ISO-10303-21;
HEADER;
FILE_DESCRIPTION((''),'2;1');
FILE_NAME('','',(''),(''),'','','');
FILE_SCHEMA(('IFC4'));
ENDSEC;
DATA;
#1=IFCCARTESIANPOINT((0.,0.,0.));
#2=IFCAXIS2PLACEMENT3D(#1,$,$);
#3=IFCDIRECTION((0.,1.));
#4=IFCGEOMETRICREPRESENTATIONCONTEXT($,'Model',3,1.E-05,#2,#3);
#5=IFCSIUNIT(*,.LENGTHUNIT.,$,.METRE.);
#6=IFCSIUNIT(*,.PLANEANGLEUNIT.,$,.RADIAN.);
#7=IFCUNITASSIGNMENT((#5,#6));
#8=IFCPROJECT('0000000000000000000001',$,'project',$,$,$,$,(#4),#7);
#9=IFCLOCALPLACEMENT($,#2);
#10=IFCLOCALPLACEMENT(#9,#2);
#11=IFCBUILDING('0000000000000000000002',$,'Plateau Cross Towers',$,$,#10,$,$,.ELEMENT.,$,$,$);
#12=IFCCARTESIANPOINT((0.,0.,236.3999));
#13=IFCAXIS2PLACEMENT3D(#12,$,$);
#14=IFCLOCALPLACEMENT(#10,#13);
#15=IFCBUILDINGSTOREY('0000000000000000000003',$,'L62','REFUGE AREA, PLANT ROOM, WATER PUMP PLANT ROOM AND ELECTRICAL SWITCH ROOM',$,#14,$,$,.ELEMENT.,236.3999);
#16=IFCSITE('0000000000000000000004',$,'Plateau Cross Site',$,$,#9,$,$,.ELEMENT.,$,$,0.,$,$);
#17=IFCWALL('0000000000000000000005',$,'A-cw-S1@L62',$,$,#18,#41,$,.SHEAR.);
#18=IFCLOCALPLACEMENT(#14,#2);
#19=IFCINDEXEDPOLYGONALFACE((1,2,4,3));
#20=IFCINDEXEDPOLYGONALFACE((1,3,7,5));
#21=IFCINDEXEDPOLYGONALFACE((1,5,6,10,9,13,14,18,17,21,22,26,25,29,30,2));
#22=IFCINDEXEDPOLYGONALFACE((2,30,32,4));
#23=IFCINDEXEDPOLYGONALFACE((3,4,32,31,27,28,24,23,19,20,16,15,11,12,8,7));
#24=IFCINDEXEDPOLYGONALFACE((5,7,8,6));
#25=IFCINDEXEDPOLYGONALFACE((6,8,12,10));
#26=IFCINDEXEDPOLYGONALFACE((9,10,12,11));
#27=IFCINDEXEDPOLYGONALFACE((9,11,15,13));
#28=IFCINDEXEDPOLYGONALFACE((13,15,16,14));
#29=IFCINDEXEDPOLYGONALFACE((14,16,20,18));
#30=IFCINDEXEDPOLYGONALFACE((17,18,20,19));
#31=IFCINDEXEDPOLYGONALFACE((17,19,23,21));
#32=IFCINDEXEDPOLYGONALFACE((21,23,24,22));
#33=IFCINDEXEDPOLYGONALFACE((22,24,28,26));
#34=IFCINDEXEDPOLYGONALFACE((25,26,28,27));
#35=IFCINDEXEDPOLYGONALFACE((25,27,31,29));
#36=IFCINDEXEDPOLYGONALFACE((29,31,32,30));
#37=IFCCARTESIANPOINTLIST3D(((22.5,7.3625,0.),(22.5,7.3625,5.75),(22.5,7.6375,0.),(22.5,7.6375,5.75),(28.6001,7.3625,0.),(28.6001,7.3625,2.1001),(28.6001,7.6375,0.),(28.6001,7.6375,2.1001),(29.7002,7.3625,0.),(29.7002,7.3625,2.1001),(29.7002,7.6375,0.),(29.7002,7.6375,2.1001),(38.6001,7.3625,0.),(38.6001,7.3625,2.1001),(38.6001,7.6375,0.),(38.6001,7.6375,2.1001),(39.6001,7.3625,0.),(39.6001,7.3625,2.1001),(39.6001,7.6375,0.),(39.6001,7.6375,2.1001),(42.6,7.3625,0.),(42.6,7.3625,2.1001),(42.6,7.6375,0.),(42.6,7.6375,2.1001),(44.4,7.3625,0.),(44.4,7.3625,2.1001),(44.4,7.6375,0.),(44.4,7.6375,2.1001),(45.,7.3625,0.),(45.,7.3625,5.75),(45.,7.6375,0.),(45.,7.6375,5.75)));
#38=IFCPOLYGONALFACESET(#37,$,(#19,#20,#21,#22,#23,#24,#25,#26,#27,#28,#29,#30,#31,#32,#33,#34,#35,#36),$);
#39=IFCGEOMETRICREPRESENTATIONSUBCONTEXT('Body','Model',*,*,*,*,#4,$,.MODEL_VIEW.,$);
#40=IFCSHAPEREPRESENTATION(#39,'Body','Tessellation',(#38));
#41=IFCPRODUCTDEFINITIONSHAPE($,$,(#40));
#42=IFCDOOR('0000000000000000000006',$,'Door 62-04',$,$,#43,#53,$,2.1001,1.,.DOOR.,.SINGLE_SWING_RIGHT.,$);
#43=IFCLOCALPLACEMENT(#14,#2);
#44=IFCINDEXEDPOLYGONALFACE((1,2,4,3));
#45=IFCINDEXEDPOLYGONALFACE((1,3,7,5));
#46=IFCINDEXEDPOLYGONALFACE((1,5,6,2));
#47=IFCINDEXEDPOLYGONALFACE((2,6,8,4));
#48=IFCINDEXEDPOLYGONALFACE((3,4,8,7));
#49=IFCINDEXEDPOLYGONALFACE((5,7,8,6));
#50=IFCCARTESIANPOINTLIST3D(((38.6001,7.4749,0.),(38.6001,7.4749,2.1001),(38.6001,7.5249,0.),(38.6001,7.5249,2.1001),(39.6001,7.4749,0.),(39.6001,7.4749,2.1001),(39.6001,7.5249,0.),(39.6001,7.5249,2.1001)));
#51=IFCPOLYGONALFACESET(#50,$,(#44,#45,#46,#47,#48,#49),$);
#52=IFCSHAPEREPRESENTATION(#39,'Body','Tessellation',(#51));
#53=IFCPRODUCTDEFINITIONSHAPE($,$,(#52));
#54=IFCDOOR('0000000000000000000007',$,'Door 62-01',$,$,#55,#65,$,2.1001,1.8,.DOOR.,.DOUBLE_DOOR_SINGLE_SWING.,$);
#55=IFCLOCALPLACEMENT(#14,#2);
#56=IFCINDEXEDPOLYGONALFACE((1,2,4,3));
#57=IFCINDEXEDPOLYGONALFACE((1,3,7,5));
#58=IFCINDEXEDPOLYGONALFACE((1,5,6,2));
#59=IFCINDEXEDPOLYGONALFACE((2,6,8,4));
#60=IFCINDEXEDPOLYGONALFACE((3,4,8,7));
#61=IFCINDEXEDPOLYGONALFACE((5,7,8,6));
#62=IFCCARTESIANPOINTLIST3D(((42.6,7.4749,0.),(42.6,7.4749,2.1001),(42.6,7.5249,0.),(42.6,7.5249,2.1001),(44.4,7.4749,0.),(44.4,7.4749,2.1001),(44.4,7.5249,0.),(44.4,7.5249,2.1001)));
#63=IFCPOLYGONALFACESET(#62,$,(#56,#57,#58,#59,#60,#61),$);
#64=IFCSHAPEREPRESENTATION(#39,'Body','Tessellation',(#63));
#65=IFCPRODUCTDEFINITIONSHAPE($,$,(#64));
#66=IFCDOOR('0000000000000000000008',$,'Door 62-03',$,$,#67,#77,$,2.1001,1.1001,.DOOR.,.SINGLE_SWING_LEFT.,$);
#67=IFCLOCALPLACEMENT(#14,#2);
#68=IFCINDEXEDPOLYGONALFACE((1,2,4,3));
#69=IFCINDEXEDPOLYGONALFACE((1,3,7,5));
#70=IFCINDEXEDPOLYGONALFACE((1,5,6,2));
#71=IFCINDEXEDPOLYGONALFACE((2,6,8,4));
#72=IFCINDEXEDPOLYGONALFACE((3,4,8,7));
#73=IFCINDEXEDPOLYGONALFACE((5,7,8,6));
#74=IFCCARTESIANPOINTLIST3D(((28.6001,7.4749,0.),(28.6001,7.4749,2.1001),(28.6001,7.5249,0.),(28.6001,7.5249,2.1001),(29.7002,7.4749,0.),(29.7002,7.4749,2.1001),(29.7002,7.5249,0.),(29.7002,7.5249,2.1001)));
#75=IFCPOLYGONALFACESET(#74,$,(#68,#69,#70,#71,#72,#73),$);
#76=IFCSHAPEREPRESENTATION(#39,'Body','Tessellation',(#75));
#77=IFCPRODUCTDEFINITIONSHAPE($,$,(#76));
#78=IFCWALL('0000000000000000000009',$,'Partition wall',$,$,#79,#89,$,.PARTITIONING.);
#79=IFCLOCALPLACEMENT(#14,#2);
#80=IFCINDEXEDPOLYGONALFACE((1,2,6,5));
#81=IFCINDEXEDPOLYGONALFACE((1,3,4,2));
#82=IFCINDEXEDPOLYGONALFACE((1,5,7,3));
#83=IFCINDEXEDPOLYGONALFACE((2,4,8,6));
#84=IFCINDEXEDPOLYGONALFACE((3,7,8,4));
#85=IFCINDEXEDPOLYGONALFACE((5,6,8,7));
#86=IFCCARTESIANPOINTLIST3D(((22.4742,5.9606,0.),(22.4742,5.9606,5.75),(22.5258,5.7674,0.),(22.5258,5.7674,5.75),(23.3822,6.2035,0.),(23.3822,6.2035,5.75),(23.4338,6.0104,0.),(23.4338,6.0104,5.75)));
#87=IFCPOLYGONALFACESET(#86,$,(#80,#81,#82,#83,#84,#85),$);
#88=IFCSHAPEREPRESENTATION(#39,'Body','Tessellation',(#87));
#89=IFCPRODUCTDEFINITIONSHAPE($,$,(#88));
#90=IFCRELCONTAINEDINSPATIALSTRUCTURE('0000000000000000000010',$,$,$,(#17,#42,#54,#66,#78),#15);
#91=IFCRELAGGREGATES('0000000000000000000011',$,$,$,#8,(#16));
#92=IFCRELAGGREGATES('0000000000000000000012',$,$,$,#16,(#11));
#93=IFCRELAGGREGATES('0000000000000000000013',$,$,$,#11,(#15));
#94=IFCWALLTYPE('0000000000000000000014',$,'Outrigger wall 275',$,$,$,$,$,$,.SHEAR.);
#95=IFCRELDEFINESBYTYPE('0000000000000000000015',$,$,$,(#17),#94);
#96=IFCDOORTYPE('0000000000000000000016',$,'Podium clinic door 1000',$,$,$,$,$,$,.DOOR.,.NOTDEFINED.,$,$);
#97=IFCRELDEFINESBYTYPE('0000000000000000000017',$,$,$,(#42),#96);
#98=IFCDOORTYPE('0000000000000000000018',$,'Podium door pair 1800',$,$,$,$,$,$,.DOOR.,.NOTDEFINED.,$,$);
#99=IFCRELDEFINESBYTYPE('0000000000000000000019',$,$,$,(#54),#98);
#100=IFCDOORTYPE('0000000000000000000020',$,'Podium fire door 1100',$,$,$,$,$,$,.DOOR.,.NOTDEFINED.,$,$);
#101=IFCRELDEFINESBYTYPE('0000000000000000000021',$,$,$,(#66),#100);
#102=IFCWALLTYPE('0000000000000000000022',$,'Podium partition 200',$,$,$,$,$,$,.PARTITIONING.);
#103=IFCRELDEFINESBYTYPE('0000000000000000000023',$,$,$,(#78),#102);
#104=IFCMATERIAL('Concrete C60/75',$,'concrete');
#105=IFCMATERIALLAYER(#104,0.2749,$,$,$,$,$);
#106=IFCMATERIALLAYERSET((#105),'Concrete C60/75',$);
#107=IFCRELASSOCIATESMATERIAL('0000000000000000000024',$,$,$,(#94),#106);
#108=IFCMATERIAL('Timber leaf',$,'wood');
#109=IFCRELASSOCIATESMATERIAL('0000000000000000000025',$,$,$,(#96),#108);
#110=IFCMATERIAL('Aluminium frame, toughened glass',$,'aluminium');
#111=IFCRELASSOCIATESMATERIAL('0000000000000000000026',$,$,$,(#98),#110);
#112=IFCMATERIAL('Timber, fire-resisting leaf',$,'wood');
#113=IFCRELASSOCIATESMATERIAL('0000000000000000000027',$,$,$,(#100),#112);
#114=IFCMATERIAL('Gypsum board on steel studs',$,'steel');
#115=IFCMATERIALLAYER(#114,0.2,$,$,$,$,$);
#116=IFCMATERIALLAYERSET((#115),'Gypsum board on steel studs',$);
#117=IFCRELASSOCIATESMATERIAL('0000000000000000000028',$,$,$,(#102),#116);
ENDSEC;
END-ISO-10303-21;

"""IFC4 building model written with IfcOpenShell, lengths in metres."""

from ifc_helpers import new_model, si_unit, direction, frame, frame_2d, origin, place, context, subcontext, project, spatial, rectangle, extrude, material, layer, layer_set, type_object, element, fill, save


model = new_model("IFC4")

# Units and contexts
model_context = context("Model", 3, precision=1e-05, world=origin(), true_north=direction((0.0, 1.0)))
body_context = subcontext(model_context, "Body", "Model", "MODEL_VIEW")
ifc_project = project(units=[si_unit("LENGTHUNIT", "METRE"), si_unit("PLANEANGLEUNIT", "RADIAN")], contexts=[model_context])

# Site, building, storey
site_placement = place(None, origin())
site = spatial("IfcSite", under=ifc_project, at=site_placement, Name="Plateau Cross Site", CompositionType="ELEMENT", RefElevation=0.0)
building_placement = place(site_placement, origin())
building = spatial("IfcBuilding", under=site, at=building_placement, Name="Plateau Cross Towers", CompositionType="ELEMENT")
storey_placement = place(building_placement, frame((0.0, 0.0, 236.3999)))
storey = spatial("IfcBuildingStorey", under=building, at=storey_placement, Name="L62", Description="REFUGE AREA, PLANT ROOM, WATER PUMP PLANT ROOM AND ELECTRICAL SWITCH ROOM", CompositionType="ELEMENT", Elevation=236.3999)

# Shared definitions
ifc_material_1 = material(Name="Concrete C60/75", Category="concrete")

# Wall, openings, doors
ifc_layer_1 = layer(ifc_material_1, 0.2749)
ifc_layer_set_1 = layer_set([ifc_layer_1], Name="Concrete C60/75")
wall_type_1 = type_object("IfcWallType", Name="Outrigger wall 275", PredefinedType="SHEAR", material=ifc_layer_set_1)
wall_1_placement = place(storey_placement, frame((22.5, 7.5, 0.0), z_axis=(0.0, 0.0, 1.0), x_axis=(1.0, 0.0, 0.0)))
wall_1 = element("IfcWall", 1, at=wall_1_placement, inside=storey, type_object=wall_type_1, Name="A-cw-S1@L62", PredefinedType="SHEAR", context=body_context, shape_type="SweptSolid", body=[
    extrude(rectangle(XDim=22.5, YDim=0.2749, at=frame_2d((11.25, 0.0))), origin(), (0.0, 0.0, 1.0), 5.75),
])
opening_1_placement = place(wall_1_placement, frame((20.1001, 0.0, 0.0)))
opening_1 = element("IfcOpeningElement", 2, at=opening_1_placement, cuts=wall_1, PredefinedType="OPENING", context=body_context, shape_type="SweptSolid", body=[
    extrude(rectangle(XDim=1.8, YDim=2.1001, at=frame_2d((0.8999, 1.05))), frame((0.0, 0.1475, 0.0), z_axis=(0.0, -1.0, 0.0), x_axis=(1.0, 0.0, 0.0)), (0.0, 0.0, 1.0), 0.2949),
])
opening_2_placement = place(wall_1_placement, frame((6.1001, 0.0, 0.0)))
opening_2 = element("IfcOpeningElement", 3, at=opening_2_placement, cuts=wall_1, PredefinedType="OPENING", context=body_context, shape_type="SweptSolid", body=[
    extrude(rectangle(XDim=1.1001, YDim=2.1001, at=frame_2d((0.55, 1.05))), frame((0.0, 0.1475, 0.0), z_axis=(0.0, -1.0, 0.0), x_axis=(1.0, 0.0, 0.0)), (0.0, 0.0, 1.0), 0.2949),
])
opening_3_placement = place(wall_1_placement, frame((16.1001, 0.0, 0.0)))
opening_3 = element("IfcOpeningElement", 4, at=opening_3_placement, cuts=wall_1, PredefinedType="OPENING", context=body_context, shape_type="SweptSolid", body=[
    extrude(rectangle(XDim=1.0, YDim=2.1001, at=frame_2d((0.5, 1.05))), frame((0.0, 0.1475, 0.0), z_axis=(0.0, -1.0, 0.0), x_axis=(1.0, 0.0, 0.0)), (0.0, 0.0, 1.0), 0.2949),
])
ifc_material_2 = material(Name="Timber leaf", Category="wood")
door_type_1 = type_object("IfcDoorType", Name="Podium clinic door 1000", OperationType="NOTDEFINED", PredefinedType="DOOR", material=ifc_material_2)
door_1_placement = place(opening_3_placement, origin())
door_1 = element("IfcDoor", 5, at=door_1_placement, inside=storey, type_object=door_type_1, Name="Door 62-04", OperationType="SINGLE_SWING_RIGHT", OverallHeight=2.1001, OverallWidth=1.0, PredefinedType="DOOR", context=body_context, shape_type="SweptSolid", body=[
    extrude(rectangle(XDim=1.0, YDim=2.1001, at=frame_2d((0.5, 1.05))), frame((0.0, 0.0249, 0.0), z_axis=(0.0, -1.0, 0.0), x_axis=(1.0, 0.0, 0.0)), (0.0, 0.0, 1.0), 0.05),
])
fill(opening_3, door_1)
ifc_material_3 = material(Name="Aluminium frame, toughened glass", Category="aluminium")
door_type_2 = type_object("IfcDoorType", Name="Podium door pair 1800", OperationType="NOTDEFINED", PredefinedType="DOOR", material=ifc_material_3)
door_2_placement = place(opening_1_placement, origin())
door_2 = element("IfcDoor", 6, at=door_2_placement, inside=storey, type_object=door_type_2, Name="Door 62-01", OperationType="DOUBLE_DOOR_SINGLE_SWING", OverallHeight=2.1001, OverallWidth=1.8, PredefinedType="DOOR", context=body_context, shape_type="SweptSolid", body=[
    extrude(rectangle(XDim=1.8, YDim=2.1001, at=frame_2d((0.8999, 1.05))), frame((0.0, 0.0249, 0.0), z_axis=(0.0, -1.0, 0.0), x_axis=(1.0, 0.0, 0.0)), (0.0, 0.0, 1.0), 0.05),
])
fill(opening_1, door_2)
ifc_material_4 = material(Name="Timber, fire-resisting leaf", Category="wood")
door_type_3 = type_object("IfcDoorType", Name="Podium fire door 1100", OperationType="NOTDEFINED", PredefinedType="DOOR", material=ifc_material_4)
door_3_placement = place(opening_2_placement, origin())
door_3 = element("IfcDoor", 7, at=door_3_placement, inside=storey, type_object=door_type_3, Name="Door 62-03", OperationType="SINGLE_SWING_LEFT", OverallHeight=2.1001, OverallWidth=1.1001, PredefinedType="DOOR", context=body_context, shape_type="SweptSolid", body=[
    extrude(rectangle(XDim=1.1001, YDim=2.1001, at=frame_2d((0.55, 1.05))), frame((0.0, 0.0249, 0.0), z_axis=(0.0, -1.0, 0.0), x_axis=(1.0, 0.0, 0.0)), (0.0, 0.0, 1.0), 0.05),
])
fill(opening_2, door_3)

# Wall
ifc_material_5 = material(Name="Gypsum board on steel studs", Category="steel")
ifc_layer_2 = layer(ifc_material_5, 0.2)
ifc_layer_set_2 = layer_set([ifc_layer_2], Name="Gypsum board on steel studs")
wall_type_2 = type_object("IfcWallType", Name="Podium partition 200", PredefinedType="PARTITIONING", material=ifc_layer_set_2)
wall_2_placement = place(storey_placement, frame((22.5, 5.864, 0.0), z_axis=(0.0, 0.0, 1.0), x_axis=(0.966023, 0.258455, 0.0)))
element("IfcWall", 8, at=wall_2_placement, inside=storey, type_object=wall_type_2, Name="Partition wall", PredefinedType="PARTITIONING", context=body_context, shape_type="SweptSolid", body=[
    extrude(rectangle(XDim=0.9399, YDim=0.2, at=frame_2d((0.47, 0.0))), origin(), (0.0, 0.0, 1.0), 5.75),
])

save(model, "model.ifc")
